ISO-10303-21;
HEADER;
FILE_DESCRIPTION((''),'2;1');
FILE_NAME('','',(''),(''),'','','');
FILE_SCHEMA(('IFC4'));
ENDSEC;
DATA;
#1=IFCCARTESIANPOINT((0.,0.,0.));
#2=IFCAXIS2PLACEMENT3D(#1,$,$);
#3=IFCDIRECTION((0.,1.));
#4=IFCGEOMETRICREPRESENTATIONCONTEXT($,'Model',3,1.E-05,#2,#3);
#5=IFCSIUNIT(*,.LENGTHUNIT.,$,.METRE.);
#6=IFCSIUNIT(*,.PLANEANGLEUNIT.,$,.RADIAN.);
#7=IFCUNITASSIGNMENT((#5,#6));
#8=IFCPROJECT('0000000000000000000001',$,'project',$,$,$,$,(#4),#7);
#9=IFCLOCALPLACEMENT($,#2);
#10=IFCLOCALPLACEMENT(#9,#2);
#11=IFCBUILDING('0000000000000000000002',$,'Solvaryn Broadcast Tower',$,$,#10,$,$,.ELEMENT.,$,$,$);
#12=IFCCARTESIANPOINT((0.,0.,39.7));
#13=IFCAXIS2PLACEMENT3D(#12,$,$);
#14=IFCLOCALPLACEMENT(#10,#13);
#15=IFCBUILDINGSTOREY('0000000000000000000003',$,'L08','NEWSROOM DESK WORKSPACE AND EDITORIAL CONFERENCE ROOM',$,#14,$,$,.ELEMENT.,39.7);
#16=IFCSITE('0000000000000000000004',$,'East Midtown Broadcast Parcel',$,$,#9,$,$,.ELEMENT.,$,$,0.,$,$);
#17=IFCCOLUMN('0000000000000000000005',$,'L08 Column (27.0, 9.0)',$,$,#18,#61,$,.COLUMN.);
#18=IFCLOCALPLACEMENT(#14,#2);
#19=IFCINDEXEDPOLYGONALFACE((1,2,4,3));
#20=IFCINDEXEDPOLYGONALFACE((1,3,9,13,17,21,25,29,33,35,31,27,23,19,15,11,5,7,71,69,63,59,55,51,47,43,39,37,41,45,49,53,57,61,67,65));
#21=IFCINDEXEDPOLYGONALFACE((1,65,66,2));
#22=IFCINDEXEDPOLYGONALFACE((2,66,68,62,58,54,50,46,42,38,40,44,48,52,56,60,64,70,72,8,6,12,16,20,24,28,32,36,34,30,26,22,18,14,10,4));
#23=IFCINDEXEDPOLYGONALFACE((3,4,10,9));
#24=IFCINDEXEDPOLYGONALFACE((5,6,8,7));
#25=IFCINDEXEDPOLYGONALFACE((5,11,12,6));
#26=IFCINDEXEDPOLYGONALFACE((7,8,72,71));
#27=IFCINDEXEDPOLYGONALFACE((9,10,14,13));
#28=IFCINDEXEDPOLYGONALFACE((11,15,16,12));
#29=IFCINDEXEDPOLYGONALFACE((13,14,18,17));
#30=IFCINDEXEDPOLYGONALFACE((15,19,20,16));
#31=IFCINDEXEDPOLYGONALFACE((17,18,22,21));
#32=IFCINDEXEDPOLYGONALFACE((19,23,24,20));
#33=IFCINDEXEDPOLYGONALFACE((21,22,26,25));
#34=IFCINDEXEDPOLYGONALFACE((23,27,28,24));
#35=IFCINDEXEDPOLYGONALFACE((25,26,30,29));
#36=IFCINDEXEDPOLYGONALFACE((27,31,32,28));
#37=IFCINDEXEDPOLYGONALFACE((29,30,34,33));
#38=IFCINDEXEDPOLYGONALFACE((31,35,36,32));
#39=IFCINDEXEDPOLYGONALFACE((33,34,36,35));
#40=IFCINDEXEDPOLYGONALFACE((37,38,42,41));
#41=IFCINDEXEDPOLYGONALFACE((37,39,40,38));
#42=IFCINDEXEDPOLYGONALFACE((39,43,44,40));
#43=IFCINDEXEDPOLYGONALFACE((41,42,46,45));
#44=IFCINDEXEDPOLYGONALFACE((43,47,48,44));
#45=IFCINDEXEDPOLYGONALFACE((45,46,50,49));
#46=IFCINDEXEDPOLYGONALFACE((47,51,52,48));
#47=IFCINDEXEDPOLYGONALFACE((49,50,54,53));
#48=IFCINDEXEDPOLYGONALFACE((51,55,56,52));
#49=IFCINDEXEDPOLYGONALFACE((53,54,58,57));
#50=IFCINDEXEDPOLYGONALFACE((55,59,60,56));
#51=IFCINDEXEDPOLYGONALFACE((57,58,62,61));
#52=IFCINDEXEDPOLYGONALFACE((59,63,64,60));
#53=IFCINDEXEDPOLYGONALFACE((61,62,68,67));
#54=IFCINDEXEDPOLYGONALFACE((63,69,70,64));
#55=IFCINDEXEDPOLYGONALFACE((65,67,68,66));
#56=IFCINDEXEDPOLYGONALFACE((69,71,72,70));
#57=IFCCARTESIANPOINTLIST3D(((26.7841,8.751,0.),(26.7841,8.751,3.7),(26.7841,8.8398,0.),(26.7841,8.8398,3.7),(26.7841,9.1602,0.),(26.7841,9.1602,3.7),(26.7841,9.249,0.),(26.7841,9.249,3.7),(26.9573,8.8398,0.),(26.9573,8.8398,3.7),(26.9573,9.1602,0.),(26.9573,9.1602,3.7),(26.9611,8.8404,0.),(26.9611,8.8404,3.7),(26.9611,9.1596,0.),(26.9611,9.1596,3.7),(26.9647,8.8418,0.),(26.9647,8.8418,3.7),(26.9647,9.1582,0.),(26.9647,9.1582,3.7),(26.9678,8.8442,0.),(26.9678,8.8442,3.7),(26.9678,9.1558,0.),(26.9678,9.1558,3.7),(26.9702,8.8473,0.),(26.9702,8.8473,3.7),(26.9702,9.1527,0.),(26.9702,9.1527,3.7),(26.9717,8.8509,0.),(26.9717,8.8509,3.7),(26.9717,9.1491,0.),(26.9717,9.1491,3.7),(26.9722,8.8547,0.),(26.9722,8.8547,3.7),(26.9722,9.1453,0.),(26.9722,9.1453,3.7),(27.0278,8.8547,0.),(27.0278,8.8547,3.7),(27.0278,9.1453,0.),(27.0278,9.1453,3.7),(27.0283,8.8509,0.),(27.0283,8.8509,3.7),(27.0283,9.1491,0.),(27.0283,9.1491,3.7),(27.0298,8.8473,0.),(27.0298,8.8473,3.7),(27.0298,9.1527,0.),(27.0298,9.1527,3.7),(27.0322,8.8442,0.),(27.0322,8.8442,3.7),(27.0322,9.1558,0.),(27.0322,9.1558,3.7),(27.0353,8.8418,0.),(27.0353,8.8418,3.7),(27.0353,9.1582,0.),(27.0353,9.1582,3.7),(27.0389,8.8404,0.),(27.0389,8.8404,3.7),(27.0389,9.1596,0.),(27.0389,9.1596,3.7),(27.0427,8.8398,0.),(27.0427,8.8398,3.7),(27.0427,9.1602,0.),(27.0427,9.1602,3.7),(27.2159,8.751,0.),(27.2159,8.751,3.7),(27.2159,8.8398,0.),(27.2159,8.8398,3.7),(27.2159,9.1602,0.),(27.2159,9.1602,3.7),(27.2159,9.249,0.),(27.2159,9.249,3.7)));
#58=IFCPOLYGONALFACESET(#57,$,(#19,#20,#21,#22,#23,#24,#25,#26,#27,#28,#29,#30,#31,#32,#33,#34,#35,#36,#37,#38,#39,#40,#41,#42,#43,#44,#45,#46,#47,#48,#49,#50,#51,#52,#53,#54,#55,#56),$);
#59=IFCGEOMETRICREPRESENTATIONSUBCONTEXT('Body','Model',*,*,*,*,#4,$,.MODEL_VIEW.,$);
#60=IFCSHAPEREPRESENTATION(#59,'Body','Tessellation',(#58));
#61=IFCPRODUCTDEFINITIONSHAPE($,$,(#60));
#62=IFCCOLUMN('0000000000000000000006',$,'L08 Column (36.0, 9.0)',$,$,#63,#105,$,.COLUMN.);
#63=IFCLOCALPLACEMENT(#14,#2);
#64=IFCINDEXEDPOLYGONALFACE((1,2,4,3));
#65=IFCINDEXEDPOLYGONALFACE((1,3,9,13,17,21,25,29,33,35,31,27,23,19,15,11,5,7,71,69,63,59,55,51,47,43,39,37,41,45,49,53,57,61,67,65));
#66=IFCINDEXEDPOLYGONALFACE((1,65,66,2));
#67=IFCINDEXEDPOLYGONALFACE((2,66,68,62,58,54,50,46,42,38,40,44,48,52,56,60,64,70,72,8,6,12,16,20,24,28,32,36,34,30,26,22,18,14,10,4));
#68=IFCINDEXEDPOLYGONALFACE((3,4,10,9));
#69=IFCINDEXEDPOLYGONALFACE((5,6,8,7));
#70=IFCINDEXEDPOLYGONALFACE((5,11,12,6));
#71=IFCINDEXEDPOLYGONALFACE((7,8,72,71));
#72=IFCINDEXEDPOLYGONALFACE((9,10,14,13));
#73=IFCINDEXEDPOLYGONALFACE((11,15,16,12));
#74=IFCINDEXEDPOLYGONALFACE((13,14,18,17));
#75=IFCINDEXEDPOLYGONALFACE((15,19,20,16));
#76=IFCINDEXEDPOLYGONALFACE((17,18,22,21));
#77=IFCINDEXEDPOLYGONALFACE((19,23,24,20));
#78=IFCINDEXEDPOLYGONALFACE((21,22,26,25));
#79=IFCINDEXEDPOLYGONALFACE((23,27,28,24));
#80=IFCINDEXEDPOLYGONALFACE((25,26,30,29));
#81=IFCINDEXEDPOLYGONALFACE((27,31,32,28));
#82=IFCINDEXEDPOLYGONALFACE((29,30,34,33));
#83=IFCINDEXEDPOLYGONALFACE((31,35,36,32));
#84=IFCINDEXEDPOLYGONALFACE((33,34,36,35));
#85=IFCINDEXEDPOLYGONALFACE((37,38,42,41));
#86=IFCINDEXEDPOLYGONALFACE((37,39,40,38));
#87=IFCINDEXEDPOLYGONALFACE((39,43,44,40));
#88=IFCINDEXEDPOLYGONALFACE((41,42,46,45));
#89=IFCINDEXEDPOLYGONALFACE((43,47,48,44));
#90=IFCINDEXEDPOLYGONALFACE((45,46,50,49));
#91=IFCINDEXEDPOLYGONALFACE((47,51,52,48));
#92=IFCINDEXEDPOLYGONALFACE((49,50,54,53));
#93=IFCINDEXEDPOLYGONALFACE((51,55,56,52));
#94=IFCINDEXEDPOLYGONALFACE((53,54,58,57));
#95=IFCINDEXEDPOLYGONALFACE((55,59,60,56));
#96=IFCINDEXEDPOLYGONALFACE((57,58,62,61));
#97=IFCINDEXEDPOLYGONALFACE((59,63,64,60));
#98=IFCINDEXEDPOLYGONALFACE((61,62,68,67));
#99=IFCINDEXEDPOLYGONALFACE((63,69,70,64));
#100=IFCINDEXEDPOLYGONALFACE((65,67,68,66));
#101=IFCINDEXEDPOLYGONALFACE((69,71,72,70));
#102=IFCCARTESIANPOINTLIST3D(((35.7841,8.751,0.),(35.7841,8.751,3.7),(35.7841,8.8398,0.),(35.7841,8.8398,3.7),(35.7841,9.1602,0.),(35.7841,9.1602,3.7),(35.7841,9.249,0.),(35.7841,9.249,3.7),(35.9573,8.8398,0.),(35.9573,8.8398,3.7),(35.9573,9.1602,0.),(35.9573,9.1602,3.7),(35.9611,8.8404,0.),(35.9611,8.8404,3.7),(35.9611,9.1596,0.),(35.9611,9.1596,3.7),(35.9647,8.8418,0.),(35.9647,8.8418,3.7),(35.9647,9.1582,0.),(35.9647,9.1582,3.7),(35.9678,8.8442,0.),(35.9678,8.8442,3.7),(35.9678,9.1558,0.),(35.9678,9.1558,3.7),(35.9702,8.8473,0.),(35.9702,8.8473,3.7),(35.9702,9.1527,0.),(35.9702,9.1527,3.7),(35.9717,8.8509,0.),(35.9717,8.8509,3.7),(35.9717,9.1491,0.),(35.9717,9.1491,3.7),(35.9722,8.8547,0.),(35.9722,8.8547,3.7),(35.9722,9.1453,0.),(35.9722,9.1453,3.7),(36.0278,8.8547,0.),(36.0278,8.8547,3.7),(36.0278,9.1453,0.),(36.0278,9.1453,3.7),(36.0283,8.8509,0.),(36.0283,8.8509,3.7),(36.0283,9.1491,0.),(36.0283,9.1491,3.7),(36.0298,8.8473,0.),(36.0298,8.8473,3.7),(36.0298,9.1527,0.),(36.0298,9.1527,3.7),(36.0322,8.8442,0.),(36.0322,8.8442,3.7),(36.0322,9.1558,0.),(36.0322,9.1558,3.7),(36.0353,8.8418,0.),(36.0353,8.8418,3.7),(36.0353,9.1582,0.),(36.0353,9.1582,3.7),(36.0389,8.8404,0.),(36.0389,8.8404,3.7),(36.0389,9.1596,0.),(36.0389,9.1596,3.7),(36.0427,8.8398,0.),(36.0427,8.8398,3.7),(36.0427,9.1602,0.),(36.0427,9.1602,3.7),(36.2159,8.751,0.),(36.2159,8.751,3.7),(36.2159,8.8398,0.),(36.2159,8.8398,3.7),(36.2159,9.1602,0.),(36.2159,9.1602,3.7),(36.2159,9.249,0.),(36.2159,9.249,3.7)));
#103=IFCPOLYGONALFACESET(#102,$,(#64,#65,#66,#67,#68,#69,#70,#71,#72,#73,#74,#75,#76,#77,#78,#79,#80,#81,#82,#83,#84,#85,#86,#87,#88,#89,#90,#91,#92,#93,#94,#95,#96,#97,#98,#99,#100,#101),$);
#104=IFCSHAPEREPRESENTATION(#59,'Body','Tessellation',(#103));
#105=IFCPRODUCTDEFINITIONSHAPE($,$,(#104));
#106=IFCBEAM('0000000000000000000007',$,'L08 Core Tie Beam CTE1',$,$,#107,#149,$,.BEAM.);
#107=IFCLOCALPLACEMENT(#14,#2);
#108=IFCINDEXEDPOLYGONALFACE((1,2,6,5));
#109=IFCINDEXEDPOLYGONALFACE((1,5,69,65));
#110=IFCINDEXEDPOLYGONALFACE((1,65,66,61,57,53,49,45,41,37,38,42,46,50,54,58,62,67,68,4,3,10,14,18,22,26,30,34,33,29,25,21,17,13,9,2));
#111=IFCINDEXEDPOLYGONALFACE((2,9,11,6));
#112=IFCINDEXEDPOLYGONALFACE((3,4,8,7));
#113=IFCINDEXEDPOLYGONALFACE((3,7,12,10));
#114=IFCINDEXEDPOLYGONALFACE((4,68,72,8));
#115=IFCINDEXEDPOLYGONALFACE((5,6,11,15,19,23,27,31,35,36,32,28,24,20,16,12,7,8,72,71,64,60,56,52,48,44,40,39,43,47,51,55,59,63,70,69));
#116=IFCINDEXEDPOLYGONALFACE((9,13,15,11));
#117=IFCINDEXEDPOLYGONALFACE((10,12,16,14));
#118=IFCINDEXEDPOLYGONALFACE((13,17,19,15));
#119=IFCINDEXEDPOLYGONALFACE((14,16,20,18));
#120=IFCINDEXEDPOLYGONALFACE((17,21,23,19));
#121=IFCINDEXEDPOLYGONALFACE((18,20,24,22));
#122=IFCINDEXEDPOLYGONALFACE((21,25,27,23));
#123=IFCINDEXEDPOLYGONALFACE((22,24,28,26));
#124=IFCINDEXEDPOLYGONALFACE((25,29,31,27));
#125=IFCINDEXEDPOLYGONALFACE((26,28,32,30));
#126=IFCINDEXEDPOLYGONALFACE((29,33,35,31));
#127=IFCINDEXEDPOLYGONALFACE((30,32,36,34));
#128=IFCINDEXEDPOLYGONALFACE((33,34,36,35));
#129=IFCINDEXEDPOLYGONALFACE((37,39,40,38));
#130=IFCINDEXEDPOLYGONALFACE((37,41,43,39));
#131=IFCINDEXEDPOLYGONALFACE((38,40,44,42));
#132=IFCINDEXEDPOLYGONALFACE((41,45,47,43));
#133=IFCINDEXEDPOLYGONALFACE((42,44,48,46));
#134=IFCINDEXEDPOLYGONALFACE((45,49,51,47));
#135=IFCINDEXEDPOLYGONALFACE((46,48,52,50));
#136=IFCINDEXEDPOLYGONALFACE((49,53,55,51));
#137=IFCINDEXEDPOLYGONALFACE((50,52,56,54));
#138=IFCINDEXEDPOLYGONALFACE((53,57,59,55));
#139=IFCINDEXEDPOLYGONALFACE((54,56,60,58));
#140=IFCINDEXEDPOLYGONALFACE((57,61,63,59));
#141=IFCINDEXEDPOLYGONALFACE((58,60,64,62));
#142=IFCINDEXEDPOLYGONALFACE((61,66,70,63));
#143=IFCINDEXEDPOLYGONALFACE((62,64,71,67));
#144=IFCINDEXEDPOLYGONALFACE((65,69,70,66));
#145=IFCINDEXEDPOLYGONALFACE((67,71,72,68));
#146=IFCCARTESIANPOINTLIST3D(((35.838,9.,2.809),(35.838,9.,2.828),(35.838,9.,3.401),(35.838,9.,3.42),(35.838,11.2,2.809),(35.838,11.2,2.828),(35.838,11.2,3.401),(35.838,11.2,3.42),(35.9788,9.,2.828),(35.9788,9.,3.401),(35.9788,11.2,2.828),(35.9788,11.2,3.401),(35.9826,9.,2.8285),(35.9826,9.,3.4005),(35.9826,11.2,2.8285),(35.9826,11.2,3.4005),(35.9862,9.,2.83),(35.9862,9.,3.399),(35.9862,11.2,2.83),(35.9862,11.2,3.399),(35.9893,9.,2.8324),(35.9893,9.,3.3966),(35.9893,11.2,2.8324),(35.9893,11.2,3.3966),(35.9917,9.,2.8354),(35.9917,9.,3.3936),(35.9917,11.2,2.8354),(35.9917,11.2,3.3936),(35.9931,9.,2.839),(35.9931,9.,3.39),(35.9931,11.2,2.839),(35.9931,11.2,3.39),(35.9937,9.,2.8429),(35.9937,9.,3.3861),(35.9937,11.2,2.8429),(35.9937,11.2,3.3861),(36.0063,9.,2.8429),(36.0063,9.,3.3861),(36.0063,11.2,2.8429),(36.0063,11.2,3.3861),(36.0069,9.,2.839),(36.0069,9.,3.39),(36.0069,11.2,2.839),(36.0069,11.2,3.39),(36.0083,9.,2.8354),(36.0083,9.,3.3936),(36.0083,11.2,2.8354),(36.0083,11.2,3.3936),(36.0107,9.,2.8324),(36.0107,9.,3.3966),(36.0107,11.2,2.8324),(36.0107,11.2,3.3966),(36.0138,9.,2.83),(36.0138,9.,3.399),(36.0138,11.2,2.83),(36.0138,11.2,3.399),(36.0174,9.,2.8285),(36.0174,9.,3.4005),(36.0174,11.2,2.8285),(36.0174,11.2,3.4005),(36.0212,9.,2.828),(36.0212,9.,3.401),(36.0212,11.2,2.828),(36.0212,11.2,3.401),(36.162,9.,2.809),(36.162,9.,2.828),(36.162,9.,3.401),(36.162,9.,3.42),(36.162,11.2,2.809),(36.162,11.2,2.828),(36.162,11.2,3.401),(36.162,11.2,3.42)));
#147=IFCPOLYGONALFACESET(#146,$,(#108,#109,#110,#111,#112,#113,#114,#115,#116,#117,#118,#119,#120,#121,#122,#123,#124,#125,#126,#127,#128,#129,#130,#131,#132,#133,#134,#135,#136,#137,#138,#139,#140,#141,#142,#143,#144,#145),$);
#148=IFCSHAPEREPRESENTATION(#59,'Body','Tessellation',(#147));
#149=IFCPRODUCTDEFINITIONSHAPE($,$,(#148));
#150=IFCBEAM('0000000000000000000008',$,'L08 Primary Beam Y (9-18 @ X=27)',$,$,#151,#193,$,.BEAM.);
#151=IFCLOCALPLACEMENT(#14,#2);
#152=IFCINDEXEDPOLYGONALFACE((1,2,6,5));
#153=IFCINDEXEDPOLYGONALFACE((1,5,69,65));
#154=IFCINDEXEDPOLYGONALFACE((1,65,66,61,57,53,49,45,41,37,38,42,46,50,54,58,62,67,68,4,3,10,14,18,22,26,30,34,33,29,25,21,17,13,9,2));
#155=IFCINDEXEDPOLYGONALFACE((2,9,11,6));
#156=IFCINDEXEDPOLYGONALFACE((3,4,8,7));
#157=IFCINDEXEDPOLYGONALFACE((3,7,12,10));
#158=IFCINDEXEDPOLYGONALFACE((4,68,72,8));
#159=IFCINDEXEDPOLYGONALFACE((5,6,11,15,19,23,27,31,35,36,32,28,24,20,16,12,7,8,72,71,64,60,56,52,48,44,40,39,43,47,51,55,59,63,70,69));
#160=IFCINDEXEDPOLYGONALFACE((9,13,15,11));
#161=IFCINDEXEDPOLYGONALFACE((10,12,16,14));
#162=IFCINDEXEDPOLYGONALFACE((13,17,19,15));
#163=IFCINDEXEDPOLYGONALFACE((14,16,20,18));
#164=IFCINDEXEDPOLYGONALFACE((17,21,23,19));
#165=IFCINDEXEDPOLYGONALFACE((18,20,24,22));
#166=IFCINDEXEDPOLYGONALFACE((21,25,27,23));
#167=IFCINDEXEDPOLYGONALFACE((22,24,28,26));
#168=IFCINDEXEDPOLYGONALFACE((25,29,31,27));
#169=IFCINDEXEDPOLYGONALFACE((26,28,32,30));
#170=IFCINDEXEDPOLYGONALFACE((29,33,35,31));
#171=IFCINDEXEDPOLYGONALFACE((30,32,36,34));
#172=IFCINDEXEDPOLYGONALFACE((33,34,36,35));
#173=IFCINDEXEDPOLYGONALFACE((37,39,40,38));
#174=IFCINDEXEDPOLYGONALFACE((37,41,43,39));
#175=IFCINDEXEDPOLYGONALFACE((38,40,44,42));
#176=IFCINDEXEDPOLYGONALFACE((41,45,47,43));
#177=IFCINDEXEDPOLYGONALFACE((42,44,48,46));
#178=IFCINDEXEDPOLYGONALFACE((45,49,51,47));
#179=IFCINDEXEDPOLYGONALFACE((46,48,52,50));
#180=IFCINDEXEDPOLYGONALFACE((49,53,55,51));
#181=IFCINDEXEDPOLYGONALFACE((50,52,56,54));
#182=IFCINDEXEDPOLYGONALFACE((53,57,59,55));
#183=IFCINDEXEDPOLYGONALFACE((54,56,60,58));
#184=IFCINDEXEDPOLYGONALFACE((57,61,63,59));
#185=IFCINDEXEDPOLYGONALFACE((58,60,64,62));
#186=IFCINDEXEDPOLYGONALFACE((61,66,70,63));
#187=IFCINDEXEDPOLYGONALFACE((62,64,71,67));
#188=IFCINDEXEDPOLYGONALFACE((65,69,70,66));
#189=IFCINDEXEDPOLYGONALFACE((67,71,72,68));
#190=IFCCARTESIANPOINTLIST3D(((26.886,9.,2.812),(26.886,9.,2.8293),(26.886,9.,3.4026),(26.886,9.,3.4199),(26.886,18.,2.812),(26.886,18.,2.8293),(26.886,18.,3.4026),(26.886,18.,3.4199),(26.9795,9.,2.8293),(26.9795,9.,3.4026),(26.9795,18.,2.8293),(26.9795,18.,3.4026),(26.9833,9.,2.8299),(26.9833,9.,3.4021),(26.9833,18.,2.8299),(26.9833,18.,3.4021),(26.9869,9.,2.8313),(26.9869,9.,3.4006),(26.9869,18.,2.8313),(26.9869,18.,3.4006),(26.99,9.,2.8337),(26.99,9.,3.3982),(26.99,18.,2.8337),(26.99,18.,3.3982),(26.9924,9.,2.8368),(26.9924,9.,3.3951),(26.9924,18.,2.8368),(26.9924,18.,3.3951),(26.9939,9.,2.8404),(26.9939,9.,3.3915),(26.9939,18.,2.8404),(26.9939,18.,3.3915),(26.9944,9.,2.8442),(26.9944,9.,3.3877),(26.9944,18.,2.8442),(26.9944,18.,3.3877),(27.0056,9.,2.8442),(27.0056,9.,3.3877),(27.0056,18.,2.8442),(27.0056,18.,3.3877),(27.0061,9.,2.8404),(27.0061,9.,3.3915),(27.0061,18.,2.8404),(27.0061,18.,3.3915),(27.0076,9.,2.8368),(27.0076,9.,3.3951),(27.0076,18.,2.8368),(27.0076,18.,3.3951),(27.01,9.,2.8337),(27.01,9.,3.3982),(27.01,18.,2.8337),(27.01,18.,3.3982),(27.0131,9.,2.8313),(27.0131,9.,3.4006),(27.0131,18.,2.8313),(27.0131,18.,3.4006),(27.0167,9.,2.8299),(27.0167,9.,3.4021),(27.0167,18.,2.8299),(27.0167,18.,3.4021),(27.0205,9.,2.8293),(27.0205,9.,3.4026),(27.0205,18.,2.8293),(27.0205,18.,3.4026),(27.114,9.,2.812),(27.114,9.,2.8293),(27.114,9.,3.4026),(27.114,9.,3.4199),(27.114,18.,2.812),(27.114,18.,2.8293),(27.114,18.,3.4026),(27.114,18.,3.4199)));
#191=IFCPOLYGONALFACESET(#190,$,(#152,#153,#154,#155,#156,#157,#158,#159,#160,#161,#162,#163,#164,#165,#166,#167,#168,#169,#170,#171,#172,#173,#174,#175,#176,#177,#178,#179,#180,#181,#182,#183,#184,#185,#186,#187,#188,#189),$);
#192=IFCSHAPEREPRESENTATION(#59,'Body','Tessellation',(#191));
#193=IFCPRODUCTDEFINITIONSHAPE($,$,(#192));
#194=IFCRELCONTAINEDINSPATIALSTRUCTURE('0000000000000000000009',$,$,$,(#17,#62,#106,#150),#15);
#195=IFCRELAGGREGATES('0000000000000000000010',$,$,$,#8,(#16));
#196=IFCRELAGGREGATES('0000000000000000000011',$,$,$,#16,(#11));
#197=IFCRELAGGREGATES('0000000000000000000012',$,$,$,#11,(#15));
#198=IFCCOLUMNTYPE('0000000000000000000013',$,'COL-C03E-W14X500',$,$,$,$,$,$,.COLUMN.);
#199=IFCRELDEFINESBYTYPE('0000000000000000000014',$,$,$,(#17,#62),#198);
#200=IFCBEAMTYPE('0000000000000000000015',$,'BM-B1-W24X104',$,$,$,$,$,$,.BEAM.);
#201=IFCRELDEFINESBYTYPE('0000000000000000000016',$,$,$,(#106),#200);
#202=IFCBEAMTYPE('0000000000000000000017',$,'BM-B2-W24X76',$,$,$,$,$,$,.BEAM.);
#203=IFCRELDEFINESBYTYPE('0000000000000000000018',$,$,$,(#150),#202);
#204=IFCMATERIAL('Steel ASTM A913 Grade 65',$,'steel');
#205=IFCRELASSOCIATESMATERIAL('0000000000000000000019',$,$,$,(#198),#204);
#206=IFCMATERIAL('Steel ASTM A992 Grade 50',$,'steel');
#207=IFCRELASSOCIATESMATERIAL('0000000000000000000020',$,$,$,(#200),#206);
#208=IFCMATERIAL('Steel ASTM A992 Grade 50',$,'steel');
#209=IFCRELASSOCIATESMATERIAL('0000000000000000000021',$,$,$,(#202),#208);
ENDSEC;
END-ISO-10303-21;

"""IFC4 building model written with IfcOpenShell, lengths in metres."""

from ifc_helpers import new_model, si_unit, direction, frame, origin, origin_2d, place, context, subcontext, project, spatial, i_section, extrude, material, material_profile, profile_set, type_object, element, save


model = new_model("IFC4")

# Units and contexts
model_context = context("Model", 3, precision=1e-05, world=origin(), true_north=direction((0.0, 1.0)))
body_context = subcontext(model_context, "Body", "Model", "MODEL_VIEW")
ifc_project = project(units=[si_unit("LENGTHUNIT", "METRE"), si_unit("PLANEANGLEUNIT", "RADIAN")], contexts=[model_context])

# Site, building, storey
site_placement = place(None, origin())
site = spatial("IfcSite", under=ifc_project, at=site_placement, Name="East Midtown Broadcast Parcel", CompositionType="ELEMENT", RefElevation=0.0)
building_placement = place(site_placement, origin())
building = spatial("IfcBuilding", under=site, at=building_placement, Name="Solvaryn Broadcast Tower", CompositionType="ELEMENT")
storey_placement = place(building_placement, frame((0.0, 0.0, 39.7)))
storey = spatial("IfcBuildingStorey", under=building, at=storey_placement, Name="L08", Description="NEWSROOM DESK WORKSPACE AND EDITORIAL CONFERENCE ROOM", CompositionType="ELEMENT", Elevation=39.7)

# Columns
ifc_material_1 = material(Name="Steel ASTM A913 Grade 65", Category="steel")
ifc_material_profile_1 = material_profile(ifc_material_1, i_section(OverallWidth=0.4319, OverallDepth=0.498, WebThickness=0.0557, FlangeThickness=0.0889, FilletRadius=0.0149, at=origin_2d()))
ifc_profile_set_1 = profile_set([ifc_material_profile_1], Name="Steel ASTM A913 Grade 65")
column_type = type_object("IfcColumnType", Name="COL-C03E-W14X500", PredefinedType="COLUMN", material=ifc_profile_set_1)
for number, where, z_axis, x_axis, name in (
    (1, (27.0, 9.0, 0.0), (0.0, 0.0, 1.0), (1.0, 0.0, 0.0), "L08 Column (27.0, 9.0)"),
    (2, (36.0, 9.0, 0.0), (0.0, 0.0, 1.0), (1.0, 0.0, 0.0), "L08 Column (36.0, 9.0)"),
):
    element("IfcColumn", number, at=place(storey_placement, frame(where, z_axis=z_axis, x_axis=x_axis)), inside=storey, type_object=column_type, Name=name, PredefinedType="COLUMN", context=body_context, shape_type="SweptSolid", body=[
        extrude(i_section(OverallWidth=0.4319, OverallDepth=0.498, WebThickness=0.0557, FlangeThickness=0.0889, FilletRadius=0.0149, at=origin_2d()), origin(), (0.0, 0.0, 1.0), 3.7),
    ])

# Beams
ifc_material_2 = material(Name="Steel ASTM A992 Grade 50", Category="steel")
ifc_material_profile_2 = material_profile(ifc_material_2, i_section(OverallWidth=0.324, OverallDepth=0.6111, WebThickness=0.0127, FlangeThickness=0.019, FilletRadius=0.0149, at=origin_2d()))
ifc_profile_set_2 = profile_set([ifc_material_profile_2], Name="Steel ASTM A992 Grade 50")
beam_type_1 = type_object("IfcBeamType", Name="BM-B1-W24X104", PredefinedType="BEAM", material=ifc_profile_set_2)
beam_1_placement = place(storey_placement, frame((36.0, 9.0, 3.1145), z_axis=(0.0, 1.0, 0.0), x_axis=(-1.0, 0.0, 0.0)))
element("IfcBeam", 3, at=beam_1_placement, inside=storey, type_object=beam_type_1, Name="L08 Core Tie Beam CTE1", PredefinedType="BEAM", context=body_context, shape_type="SweptSolid", body=[
    extrude(i_section(OverallWidth=0.324, OverallDepth=0.6111, WebThickness=0.0127, FlangeThickness=0.019, FilletRadius=0.0149, at=origin_2d()), origin(), (0.0, 0.0, 1.0), 2.2),
])
ifc_material_3 = material(Name="Steel ASTM A992 Grade 50", Category="steel")
ifc_material_profile_3 = material_profile(ifc_material_3, i_section(OverallWidth=0.228, OverallDepth=0.6079, WebThickness=0.0112, FlangeThickness=0.0173, FilletRadius=0.0149, at=origin_2d()))
ifc_profile_set_3 = profile_set([ifc_material_profile_3], Name="Steel ASTM A992 Grade 50")
beam_type_2 = type_object("IfcBeamType", Name="BM-B2-W24X76", PredefinedType="BEAM", material=ifc_profile_set_3)
beam_2_placement = place(storey_placement, frame((27.0, 9.0, 3.116), z_axis=(0.0, 1.0, 0.0), x_axis=(-1.0, 0.0, 0.0)))
element("IfcBeam", 4, at=beam_2_placement, inside=storey, type_object=beam_type_2, Name="L08 Primary Beam Y (9-18 @ X=27)", PredefinedType="BEAM", context=body_context, shape_type="SweptSolid", body=[
    extrude(i_section(OverallWidth=0.228, OverallDepth=0.6079, WebThickness=0.0112, FlangeThickness=0.0173, FilletRadius=0.0149, at=origin_2d()), origin(), (0.0, 0.0, 1.0), 9.0),
])

save(model, "model.ifc")
